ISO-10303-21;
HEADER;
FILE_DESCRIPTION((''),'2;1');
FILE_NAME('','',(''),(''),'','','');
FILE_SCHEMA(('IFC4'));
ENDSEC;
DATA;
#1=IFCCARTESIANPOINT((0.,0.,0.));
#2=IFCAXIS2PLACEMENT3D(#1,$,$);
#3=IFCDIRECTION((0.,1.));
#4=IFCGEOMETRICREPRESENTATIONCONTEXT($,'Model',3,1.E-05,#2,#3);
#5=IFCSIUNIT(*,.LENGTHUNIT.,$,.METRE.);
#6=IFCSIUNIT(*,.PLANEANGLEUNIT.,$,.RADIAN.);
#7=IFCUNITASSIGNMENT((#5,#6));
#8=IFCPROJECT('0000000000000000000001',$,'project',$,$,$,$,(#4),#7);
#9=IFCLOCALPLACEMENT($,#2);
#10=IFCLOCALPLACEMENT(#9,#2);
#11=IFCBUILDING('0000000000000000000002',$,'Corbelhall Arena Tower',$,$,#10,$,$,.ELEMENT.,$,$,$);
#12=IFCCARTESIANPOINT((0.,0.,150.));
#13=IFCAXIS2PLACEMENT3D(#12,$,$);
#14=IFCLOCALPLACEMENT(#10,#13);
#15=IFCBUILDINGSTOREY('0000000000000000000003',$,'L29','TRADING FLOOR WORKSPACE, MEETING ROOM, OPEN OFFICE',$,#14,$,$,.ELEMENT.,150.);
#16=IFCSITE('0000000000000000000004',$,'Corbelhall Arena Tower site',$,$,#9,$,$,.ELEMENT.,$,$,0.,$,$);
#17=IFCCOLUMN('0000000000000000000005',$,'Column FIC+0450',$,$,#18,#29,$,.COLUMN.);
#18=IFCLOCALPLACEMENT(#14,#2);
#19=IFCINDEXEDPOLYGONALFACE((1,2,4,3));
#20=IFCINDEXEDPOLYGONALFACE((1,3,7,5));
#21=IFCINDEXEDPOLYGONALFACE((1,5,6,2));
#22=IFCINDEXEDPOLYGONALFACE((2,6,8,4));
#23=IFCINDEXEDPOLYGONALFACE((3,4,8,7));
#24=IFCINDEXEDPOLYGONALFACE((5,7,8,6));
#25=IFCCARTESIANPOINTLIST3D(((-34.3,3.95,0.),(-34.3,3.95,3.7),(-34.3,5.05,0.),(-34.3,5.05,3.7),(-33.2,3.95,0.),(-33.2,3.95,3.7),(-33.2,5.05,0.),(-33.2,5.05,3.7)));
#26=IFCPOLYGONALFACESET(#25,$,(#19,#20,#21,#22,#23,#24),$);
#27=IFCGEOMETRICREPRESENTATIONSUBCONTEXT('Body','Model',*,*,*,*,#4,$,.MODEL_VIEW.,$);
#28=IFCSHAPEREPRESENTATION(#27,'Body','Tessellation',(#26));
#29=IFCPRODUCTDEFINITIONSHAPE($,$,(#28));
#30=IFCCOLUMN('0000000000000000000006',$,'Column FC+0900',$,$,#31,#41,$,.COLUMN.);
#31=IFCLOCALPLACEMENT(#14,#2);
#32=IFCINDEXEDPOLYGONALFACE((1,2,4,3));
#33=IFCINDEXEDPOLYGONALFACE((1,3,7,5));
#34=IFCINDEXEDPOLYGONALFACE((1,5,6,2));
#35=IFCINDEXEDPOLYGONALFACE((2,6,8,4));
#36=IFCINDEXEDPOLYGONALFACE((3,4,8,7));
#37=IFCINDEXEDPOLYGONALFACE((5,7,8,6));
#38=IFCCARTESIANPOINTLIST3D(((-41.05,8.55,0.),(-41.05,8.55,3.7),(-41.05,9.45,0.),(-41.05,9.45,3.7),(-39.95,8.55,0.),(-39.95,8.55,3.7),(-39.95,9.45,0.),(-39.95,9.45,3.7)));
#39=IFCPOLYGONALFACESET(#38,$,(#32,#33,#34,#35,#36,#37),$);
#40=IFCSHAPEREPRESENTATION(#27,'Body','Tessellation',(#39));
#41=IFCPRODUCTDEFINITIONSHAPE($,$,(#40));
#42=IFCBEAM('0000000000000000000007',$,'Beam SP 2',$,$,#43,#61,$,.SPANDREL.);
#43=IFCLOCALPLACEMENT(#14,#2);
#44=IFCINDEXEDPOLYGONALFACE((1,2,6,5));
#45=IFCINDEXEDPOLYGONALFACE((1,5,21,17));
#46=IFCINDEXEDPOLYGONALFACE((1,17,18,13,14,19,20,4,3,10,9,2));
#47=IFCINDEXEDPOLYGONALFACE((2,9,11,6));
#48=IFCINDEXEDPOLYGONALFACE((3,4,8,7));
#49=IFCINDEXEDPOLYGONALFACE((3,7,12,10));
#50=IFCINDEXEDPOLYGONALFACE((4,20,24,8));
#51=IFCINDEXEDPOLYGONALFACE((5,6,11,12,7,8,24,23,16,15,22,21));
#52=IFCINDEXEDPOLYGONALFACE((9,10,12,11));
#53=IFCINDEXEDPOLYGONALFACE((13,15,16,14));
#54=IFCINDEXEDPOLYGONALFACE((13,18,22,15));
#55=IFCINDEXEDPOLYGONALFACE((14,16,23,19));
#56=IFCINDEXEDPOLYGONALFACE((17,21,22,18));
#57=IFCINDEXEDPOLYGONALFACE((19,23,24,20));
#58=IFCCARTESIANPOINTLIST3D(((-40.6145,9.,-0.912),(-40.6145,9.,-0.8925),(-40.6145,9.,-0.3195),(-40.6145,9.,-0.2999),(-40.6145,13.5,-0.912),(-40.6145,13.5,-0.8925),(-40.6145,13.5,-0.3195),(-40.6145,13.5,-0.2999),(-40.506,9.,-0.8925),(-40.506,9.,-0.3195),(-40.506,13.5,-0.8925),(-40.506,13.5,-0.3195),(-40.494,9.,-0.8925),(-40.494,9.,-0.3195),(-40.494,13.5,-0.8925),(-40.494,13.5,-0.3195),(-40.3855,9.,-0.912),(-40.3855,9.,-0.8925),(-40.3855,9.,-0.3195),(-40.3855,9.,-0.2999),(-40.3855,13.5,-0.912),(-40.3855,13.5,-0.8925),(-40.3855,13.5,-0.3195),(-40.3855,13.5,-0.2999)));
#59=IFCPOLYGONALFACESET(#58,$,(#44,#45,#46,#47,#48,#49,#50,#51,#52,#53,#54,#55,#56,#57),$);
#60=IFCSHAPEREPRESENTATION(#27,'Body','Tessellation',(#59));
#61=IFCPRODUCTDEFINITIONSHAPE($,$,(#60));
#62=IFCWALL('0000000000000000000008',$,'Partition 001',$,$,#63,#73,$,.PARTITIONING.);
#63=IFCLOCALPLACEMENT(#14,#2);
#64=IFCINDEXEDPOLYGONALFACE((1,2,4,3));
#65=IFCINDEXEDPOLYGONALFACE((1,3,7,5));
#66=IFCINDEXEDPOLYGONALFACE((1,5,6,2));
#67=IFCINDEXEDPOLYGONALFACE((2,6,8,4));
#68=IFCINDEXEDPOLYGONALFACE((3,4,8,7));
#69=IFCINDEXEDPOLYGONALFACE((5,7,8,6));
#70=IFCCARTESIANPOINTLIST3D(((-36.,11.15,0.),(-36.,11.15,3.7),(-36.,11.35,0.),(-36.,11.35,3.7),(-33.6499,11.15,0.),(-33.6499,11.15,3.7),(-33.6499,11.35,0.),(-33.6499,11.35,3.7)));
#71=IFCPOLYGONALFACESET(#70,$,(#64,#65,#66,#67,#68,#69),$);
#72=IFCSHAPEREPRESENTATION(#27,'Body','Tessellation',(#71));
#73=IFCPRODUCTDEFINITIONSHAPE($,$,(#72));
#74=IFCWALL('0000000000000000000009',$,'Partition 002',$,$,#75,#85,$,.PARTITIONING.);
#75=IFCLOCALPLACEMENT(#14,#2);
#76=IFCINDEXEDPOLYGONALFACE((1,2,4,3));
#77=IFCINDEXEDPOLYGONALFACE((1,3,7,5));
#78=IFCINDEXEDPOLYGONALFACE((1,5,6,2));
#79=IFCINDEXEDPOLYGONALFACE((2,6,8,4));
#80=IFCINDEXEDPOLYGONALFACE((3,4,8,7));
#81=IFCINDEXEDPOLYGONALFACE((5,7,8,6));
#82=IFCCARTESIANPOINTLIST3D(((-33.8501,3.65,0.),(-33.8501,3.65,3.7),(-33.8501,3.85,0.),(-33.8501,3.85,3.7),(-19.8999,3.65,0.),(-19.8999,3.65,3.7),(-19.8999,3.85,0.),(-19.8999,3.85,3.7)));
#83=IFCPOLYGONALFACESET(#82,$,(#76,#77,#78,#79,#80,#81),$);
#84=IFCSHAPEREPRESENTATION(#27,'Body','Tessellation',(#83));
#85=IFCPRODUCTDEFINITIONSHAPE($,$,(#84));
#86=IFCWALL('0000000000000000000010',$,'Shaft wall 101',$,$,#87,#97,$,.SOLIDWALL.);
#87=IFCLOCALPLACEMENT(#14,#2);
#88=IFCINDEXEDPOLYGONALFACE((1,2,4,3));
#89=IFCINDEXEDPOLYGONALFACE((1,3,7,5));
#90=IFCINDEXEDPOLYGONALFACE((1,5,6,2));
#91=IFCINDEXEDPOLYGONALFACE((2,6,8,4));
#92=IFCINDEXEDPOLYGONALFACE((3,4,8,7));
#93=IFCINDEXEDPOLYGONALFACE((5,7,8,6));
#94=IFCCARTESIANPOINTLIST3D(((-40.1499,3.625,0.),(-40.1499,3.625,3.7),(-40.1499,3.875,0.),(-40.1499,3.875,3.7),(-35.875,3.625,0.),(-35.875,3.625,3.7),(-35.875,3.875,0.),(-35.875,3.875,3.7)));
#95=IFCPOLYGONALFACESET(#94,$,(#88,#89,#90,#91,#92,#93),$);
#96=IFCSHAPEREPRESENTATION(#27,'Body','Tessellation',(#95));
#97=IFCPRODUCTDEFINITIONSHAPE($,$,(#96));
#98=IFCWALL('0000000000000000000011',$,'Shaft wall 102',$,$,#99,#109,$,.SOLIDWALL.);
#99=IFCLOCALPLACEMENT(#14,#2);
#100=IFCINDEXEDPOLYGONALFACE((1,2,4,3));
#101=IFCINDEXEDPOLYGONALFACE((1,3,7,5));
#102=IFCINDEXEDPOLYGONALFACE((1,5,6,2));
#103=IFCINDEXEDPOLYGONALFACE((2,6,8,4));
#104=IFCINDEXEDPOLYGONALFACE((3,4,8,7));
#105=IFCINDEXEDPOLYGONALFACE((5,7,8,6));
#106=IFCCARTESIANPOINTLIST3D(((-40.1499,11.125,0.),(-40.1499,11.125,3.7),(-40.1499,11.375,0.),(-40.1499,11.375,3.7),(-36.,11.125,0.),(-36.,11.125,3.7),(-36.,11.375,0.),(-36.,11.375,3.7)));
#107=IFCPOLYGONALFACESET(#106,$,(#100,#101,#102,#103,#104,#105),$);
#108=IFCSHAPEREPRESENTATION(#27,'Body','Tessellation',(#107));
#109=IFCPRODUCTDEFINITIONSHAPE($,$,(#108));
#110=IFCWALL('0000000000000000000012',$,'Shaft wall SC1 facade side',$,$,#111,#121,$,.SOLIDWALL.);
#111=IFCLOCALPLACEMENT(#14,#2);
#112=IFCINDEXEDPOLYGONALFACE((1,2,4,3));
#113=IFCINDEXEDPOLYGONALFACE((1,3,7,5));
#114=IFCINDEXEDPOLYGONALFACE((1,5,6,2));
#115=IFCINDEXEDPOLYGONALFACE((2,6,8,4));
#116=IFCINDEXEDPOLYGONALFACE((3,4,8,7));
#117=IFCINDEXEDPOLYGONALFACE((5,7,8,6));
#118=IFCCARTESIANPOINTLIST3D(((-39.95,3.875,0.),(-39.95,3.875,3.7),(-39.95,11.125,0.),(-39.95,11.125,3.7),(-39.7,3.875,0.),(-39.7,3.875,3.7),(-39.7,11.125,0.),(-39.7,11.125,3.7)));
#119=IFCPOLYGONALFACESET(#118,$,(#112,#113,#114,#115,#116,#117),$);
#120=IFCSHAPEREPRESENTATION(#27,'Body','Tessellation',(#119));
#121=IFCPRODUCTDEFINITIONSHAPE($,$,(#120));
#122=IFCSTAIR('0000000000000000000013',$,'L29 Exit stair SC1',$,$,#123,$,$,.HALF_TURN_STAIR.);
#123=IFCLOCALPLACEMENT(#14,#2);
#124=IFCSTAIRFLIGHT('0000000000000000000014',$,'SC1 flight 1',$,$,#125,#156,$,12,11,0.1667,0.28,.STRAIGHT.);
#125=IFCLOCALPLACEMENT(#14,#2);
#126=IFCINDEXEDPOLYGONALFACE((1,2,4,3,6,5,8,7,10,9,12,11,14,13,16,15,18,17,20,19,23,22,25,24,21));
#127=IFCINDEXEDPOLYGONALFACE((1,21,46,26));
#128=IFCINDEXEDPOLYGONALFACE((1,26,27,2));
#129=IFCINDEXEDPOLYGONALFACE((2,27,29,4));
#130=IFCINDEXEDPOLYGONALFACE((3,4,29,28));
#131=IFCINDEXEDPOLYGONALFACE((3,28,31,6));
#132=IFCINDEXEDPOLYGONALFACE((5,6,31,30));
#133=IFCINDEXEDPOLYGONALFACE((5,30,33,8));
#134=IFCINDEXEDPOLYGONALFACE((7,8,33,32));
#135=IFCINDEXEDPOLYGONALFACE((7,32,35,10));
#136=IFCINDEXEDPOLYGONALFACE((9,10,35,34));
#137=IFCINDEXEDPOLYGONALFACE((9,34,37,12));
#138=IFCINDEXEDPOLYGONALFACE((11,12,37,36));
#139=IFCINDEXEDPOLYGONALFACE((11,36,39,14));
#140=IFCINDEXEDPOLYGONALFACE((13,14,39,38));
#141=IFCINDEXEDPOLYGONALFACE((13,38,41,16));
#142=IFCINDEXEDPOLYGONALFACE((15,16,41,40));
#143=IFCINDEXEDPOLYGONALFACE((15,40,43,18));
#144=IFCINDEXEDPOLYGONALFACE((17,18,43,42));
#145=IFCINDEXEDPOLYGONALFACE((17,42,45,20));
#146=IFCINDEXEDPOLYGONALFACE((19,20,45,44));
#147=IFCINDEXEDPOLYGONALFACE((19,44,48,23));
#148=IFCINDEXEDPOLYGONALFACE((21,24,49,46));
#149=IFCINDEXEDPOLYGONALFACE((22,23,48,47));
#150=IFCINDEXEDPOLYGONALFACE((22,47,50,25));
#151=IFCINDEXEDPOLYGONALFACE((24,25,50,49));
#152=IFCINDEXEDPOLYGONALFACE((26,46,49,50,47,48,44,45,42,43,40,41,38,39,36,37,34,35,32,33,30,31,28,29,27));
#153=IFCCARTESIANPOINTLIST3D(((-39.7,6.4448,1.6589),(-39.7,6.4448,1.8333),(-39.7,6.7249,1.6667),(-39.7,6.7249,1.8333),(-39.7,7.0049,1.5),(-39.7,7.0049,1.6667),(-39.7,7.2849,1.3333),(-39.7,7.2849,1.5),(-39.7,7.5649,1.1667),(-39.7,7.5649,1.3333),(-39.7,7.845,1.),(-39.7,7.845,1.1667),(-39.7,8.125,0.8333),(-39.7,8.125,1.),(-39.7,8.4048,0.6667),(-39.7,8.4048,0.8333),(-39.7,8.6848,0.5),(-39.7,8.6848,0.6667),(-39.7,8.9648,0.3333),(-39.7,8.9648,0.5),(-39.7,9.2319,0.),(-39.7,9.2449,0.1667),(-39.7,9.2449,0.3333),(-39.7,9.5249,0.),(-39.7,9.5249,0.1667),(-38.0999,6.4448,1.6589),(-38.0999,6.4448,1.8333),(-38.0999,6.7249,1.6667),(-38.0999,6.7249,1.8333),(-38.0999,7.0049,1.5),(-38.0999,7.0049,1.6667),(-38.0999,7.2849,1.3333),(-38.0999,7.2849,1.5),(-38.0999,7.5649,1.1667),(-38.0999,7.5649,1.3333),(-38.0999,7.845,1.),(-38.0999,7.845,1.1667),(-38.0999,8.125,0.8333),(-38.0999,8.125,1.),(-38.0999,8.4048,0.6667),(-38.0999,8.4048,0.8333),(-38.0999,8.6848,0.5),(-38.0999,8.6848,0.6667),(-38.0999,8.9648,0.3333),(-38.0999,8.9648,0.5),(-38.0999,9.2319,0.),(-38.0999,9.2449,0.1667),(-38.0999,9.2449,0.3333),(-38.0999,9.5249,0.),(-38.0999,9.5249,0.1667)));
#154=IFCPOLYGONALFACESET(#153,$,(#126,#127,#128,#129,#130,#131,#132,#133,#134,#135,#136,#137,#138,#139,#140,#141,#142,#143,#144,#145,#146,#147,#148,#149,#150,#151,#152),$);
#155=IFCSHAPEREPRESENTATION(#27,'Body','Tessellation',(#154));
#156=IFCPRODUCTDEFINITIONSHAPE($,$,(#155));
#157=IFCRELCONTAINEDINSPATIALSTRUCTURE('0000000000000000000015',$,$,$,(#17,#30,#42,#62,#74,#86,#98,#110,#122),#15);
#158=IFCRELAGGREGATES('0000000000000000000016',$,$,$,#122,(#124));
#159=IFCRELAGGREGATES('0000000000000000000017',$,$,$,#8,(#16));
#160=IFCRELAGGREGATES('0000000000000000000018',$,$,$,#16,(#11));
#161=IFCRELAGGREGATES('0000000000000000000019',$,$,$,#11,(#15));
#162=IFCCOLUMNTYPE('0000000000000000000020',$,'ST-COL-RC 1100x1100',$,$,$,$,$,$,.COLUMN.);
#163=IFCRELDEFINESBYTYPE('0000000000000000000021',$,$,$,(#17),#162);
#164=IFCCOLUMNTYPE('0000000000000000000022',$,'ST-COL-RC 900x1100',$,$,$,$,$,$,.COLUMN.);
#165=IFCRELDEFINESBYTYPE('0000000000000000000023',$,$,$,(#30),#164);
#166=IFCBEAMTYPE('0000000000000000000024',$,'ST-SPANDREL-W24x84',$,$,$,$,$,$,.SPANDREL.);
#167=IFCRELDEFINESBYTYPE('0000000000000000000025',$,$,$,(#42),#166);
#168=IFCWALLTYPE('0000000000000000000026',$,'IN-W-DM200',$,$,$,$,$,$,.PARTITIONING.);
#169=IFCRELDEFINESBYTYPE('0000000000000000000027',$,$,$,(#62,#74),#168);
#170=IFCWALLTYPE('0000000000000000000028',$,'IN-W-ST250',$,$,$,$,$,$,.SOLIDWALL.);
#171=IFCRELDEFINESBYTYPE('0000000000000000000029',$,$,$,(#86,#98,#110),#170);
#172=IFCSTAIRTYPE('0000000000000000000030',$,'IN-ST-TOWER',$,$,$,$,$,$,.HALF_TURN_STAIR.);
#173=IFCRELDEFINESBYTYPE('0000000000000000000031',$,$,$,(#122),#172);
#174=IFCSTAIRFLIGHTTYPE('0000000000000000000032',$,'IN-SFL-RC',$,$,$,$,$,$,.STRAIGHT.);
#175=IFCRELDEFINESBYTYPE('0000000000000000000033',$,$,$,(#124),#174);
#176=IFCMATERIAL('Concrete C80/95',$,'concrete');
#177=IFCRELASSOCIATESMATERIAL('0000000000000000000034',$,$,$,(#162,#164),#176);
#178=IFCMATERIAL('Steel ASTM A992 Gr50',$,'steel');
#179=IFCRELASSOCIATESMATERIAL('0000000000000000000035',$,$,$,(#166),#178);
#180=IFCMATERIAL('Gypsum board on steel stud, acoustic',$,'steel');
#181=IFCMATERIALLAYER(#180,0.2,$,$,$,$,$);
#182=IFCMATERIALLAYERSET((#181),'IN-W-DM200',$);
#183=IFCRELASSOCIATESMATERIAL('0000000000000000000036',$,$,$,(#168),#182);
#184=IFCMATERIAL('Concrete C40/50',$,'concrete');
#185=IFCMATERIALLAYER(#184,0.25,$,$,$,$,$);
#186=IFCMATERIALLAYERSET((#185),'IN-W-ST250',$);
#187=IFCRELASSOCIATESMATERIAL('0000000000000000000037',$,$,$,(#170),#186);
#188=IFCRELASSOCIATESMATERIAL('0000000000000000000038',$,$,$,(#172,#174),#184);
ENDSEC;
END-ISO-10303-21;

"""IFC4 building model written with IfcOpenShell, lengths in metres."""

from ifc_helpers import new_model, si_unit, direction, frame, frame_2d, origin, origin_2d, place, context, subcontext, project, spatial, polyline, rectangle, i_section, outline, extrude, material, layer, layer_set, material_profile, profile_set, type_object, element, aggregate, save


model = new_model("IFC4")

# Units and contexts
model_context = context("Model", 3, precision=1e-05, world=origin(), true_north=direction((0.0, 1.0)))
body_context = subcontext(model_context, "Body", "Model", "MODEL_VIEW")
ifc_project = project(units=[si_unit("LENGTHUNIT", "METRE"), si_unit("PLANEANGLEUNIT", "RADIAN")], contexts=[model_context])

# Site, building, storey
site_placement = place(None, origin())
site = spatial("IfcSite", under=ifc_project, at=site_placement, Name="Corbelhall Arena Tower site", CompositionType="ELEMENT", RefElevation=0.0)
building_placement = place(site_placement, origin())
building = spatial("IfcBuilding", under=site, at=building_placement, Name="Corbelhall Arena Tower", CompositionType="ELEMENT")
storey_placement = place(building_placement, frame((0.0, 0.0, 150.0)))
storey = spatial("IfcBuildingStorey", under=building, at=storey_placement, Name="L29", Description="TRADING FLOOR WORKSPACE, MEETING ROOM, OPEN OFFICE", CompositionType="ELEMENT", Elevation=150.0)

# Columns
ifc_material_1 = material(Name="Concrete C80/95", Category="concrete")
ifc_material_profile_1 = material_profile(ifc_material_1, rectangle(XDim=1.1001, YDim=1.1001, at=origin_2d()))
ifc_profile_set_1 = profile_set([ifc_material_profile_1], Name="Concrete C80/95")
column_type_1 = type_object("IfcColumnType", Name="ST-COL-RC 1100x1100", PredefinedType="COLUMN", material=ifc_profile_set_1)
column_1_placement = place(storey_placement, frame((-33.75, 4.5, 0.0), z_axis=(0.0, 0.0, 1.0), x_axis=(1.0, 0.0, 0.0)))
element("IfcColumn", 1, at=column_1_placement, inside=storey, type_object=column_type_1, Name="Column FIC+0450", PredefinedType="COLUMN", context=body_context, shape_type="SweptSolid", body=[
    extrude(rectangle(XDim=1.1001, YDim=1.1001, at=origin_2d()), origin(), (0.0, 0.0, 1.0), 3.7),
])
ifc_material_profile_2 = material_profile(ifc_material_1, rectangle(XDim=0.8999, YDim=1.1001, at=origin_2d()))
ifc_profile_set_2 = profile_set([ifc_material_profile_2], Name="Concrete C80/95")
column_type_2 = type_object("IfcColumnType", Name="ST-COL-RC 900x1100", PredefinedType="COLUMN", material=ifc_profile_set_2)
column_2_placement = place(storey_placement, frame((-40.5, 9.0, 0.0), z_axis=(0.0, 0.0, 1.0), x_axis=(0.0, 1.0, 0.0)))
element("IfcColumn", 2, at=column_2_placement, inside=storey, type_object=column_type_2, Name="Column FC+0900", PredefinedType="COLUMN", context=body_context, shape_type="SweptSolid", body=[
    extrude(rectangle(XDim=0.8999, YDim=1.1001, at=origin_2d()), origin(), (0.0, 0.0, 1.0), 3.7),
])

# Beam
ifc_material_2 = material(Name="Steel ASTM A992 Gr50", Category="steel")
ifc_material_profile_3 = material_profile(ifc_material_2, i_section(OverallWidth=0.229, OverallDepth=0.6121, WebThickness=0.012, FlangeThickness=0.0195, at=origin_2d()))
ifc_profile_set_3 = profile_set([ifc_material_profile_3], Name="Steel ASTM A992 Gr50")
beam_type = type_object("IfcBeamType", Name="ST-SPANDREL-W24x84", PredefinedType="SPANDREL", material=ifc_profile_set_3)
beam_placement = place(storey_placement, frame((-40.5, 9.0, -0.606), z_axis=(0.0, 1.0, 0.0), x_axis=(-1.0, 0.0, 0.0)))
element("IfcBeam", 3, at=beam_placement, inside=storey, type_object=beam_type, Name="Beam SP 2", PredefinedType="SPANDREL", context=body_context, shape_type="SweptSolid", body=[
    extrude(i_section(OverallWidth=0.229, OverallDepth=0.6121, WebThickness=0.012, FlangeThickness=0.0195, at=origin_2d()), origin(), (0.0, 0.0, 1.0), 4.5),
])

# Walls
ifc_material_3 = material(Name="Gypsum board on steel stud, acoustic", Category="steel")
ifc_layer_1 = layer(ifc_material_3, 0.2)
ifc_layer_set_1 = layer_set([ifc_layer_1], Name="IN-W-DM200")
wall_type_1 = type_object("IfcWallType", Name="IN-W-DM200", PredefinedType="PARTITIONING", material=ifc_layer_set_1)
wall_1_placement = place(storey_placement, frame((-36.0, 11.25, 0.0), z_axis=(0.0, 0.0, 1.0), x_axis=(1.0, 0.0, 0.0)))
element("IfcWall", 4, at=wall_1_placement, inside=storey, type_object=wall_type_1, Name="Partition 001", PredefinedType="PARTITIONING", context=body_context, shape_type="SweptSolid", body=[
    extrude(rectangle(XDim=2.3501, YDim=0.2, at=frame_2d((1.175, 0.0))), origin(), (0.0, 0.0, 1.0), 3.7),
])
wall_2_placement = place(storey_placement, frame((-33.8501, 3.75, 0.0), z_axis=(0.0, 0.0, 1.0), x_axis=(1.0, 0.0, 0.0)))
element("IfcWall", 5, at=wall_2_placement, inside=storey, type_object=wall_type_1, Name="Partition 002", PredefinedType="PARTITIONING", context=body_context, shape_type="SweptSolid", body=[
    extrude(rectangle(XDim=13.9502, YDim=0.2, at=frame_2d((6.9751, 0.0))), origin(), (0.0, 0.0, 1.0), 3.7),
])

# Walls
ifc_material_4 = material(Name="Concrete C40/50", Category="concrete")
ifc_layer_2 = layer(ifc_material_4, 0.25)
ifc_layer_set_2 = layer_set([ifc_layer_2], Name="IN-W-ST250")
wall_type_2 = type_object("IfcWallType", Name="IN-W-ST250", PredefinedType="SOLIDWALL", material=ifc_layer_set_2)
wall_3_placement = place(storey_placement, frame((-40.1499, 3.75, 0.0), z_axis=(0.0, 0.0, 1.0), x_axis=(1.0, 0.0, 0.0)))
element("IfcWall", 6, at=wall_3_placement, inside=storey, type_object=wall_type_2, Name="Shaft wall 101", PredefinedType="SOLIDWALL", context=body_context, shape_type="SweptSolid", body=[
    extrude(rectangle(XDim=4.2749, YDim=0.25, at=frame_2d((2.1375, 0.0))), origin(), (0.0, 0.0, 1.0), 3.7),
])
wall_4_placement = place(storey_placement, frame((-40.1499, 11.25, 0.0), z_axis=(0.0, 0.0, 1.0), x_axis=(1.0, 0.0, 0.0)))
element("IfcWall", 7, at=wall_4_placement, inside=storey, type_object=wall_type_2, Name="Shaft wall 102", PredefinedType="SOLIDWALL", context=body_context, shape_type="SweptSolid", body=[
    extrude(rectangle(XDim=4.1499, YDim=0.25, at=frame_2d((2.075, 0.0))), origin(), (0.0, 0.0, 1.0), 3.7),
])
wall_5_placement = place(storey_placement, frame((-39.825, 3.875, 0.0), z_axis=(0.0, 0.0, 1.0), x_axis=(0.0, 1.0, 0.0)))
element("IfcWall", 8, at=wall_5_placement, inside=storey, type_object=wall_type_2, Name="Shaft wall SC1 facade side", PredefinedType="SOLIDWALL", context=body_context, shape_type="SweptSolid", body=[
    extrude(rectangle(XDim=7.25, YDim=0.25, at=frame_2d((3.625, 0.0))), origin(), (0.0, 0.0, 1.0), 3.7),
])

# Stair, stair flight
stair_type = type_object("IfcStairType", Name="IN-ST-TOWER", PredefinedType="HALF_TURN_STAIR", material=ifc_material_4)
stair_placement = place(storey_placement, origin())
stair = element("IfcStair", 9, at=stair_placement, inside=storey, type_object=stair_type, Name="L29 Exit stair SC1", PredefinedType="HALF_TURN_STAIR")
stair_flight_type = type_object("IfcStairFlightType", Name="IN-SFL-RC", PredefinedType="STRAIGHT", material=ifc_material_4)
stair_flight_1_placement = place(storey_placement, frame((-38.8999, 9.5249, 0.0), z_axis=(0.0, 0.0, 1.0), x_axis=(0.0, -1.0, 0.0)))
stair_flight_1 = element("IfcStairFlight", 10, at=stair_flight_1_placement, type_object=stair_flight_type, Name="SC1 flight 1", NumberOfRisers=12, NumberOfTreads=11, PredefinedType="STRAIGHT", RiserHeight=0.1667, TreadLength=0.28, context=body_context, shape_type="SweptSolid", body=[
    extrude(outline(polyline([(0.0, 0.0), (0.0, 0.1667), (0.28, 0.1667), (0.28, 0.3333), (0.5601, 0.3333), (0.5601, 0.5), (0.8401, 0.5), (0.8401, 0.6667), (1.1201, 0.6667), (1.1201, 0.8333), (1.3999, 0.8333), (1.3999, 1.0), (1.6799, 1.0), (1.6799, 1.1667), (1.96, 1.1667), (1.96, 1.3333), (2.24, 1.3333), (2.24, 1.5), (2.52, 1.5), (2.52, 1.6667), (2.8, 1.6667), (2.8, 1.8333), (3.0801, 1.8333), (3.0801, 2.0), (3.0801, 1.6589), (0.293, 0.0), (0.0, 0.0)])), frame((0.0, 0.8, 0.0), z_axis=(0.0, -1.0, 0.0), x_axis=(1.0, 0.0, 0.0)), (0.0, 0.0, 1.0), 1.6001),
])
aggregate(stair, [stair_flight_1])

save(model, "model.ifc")
